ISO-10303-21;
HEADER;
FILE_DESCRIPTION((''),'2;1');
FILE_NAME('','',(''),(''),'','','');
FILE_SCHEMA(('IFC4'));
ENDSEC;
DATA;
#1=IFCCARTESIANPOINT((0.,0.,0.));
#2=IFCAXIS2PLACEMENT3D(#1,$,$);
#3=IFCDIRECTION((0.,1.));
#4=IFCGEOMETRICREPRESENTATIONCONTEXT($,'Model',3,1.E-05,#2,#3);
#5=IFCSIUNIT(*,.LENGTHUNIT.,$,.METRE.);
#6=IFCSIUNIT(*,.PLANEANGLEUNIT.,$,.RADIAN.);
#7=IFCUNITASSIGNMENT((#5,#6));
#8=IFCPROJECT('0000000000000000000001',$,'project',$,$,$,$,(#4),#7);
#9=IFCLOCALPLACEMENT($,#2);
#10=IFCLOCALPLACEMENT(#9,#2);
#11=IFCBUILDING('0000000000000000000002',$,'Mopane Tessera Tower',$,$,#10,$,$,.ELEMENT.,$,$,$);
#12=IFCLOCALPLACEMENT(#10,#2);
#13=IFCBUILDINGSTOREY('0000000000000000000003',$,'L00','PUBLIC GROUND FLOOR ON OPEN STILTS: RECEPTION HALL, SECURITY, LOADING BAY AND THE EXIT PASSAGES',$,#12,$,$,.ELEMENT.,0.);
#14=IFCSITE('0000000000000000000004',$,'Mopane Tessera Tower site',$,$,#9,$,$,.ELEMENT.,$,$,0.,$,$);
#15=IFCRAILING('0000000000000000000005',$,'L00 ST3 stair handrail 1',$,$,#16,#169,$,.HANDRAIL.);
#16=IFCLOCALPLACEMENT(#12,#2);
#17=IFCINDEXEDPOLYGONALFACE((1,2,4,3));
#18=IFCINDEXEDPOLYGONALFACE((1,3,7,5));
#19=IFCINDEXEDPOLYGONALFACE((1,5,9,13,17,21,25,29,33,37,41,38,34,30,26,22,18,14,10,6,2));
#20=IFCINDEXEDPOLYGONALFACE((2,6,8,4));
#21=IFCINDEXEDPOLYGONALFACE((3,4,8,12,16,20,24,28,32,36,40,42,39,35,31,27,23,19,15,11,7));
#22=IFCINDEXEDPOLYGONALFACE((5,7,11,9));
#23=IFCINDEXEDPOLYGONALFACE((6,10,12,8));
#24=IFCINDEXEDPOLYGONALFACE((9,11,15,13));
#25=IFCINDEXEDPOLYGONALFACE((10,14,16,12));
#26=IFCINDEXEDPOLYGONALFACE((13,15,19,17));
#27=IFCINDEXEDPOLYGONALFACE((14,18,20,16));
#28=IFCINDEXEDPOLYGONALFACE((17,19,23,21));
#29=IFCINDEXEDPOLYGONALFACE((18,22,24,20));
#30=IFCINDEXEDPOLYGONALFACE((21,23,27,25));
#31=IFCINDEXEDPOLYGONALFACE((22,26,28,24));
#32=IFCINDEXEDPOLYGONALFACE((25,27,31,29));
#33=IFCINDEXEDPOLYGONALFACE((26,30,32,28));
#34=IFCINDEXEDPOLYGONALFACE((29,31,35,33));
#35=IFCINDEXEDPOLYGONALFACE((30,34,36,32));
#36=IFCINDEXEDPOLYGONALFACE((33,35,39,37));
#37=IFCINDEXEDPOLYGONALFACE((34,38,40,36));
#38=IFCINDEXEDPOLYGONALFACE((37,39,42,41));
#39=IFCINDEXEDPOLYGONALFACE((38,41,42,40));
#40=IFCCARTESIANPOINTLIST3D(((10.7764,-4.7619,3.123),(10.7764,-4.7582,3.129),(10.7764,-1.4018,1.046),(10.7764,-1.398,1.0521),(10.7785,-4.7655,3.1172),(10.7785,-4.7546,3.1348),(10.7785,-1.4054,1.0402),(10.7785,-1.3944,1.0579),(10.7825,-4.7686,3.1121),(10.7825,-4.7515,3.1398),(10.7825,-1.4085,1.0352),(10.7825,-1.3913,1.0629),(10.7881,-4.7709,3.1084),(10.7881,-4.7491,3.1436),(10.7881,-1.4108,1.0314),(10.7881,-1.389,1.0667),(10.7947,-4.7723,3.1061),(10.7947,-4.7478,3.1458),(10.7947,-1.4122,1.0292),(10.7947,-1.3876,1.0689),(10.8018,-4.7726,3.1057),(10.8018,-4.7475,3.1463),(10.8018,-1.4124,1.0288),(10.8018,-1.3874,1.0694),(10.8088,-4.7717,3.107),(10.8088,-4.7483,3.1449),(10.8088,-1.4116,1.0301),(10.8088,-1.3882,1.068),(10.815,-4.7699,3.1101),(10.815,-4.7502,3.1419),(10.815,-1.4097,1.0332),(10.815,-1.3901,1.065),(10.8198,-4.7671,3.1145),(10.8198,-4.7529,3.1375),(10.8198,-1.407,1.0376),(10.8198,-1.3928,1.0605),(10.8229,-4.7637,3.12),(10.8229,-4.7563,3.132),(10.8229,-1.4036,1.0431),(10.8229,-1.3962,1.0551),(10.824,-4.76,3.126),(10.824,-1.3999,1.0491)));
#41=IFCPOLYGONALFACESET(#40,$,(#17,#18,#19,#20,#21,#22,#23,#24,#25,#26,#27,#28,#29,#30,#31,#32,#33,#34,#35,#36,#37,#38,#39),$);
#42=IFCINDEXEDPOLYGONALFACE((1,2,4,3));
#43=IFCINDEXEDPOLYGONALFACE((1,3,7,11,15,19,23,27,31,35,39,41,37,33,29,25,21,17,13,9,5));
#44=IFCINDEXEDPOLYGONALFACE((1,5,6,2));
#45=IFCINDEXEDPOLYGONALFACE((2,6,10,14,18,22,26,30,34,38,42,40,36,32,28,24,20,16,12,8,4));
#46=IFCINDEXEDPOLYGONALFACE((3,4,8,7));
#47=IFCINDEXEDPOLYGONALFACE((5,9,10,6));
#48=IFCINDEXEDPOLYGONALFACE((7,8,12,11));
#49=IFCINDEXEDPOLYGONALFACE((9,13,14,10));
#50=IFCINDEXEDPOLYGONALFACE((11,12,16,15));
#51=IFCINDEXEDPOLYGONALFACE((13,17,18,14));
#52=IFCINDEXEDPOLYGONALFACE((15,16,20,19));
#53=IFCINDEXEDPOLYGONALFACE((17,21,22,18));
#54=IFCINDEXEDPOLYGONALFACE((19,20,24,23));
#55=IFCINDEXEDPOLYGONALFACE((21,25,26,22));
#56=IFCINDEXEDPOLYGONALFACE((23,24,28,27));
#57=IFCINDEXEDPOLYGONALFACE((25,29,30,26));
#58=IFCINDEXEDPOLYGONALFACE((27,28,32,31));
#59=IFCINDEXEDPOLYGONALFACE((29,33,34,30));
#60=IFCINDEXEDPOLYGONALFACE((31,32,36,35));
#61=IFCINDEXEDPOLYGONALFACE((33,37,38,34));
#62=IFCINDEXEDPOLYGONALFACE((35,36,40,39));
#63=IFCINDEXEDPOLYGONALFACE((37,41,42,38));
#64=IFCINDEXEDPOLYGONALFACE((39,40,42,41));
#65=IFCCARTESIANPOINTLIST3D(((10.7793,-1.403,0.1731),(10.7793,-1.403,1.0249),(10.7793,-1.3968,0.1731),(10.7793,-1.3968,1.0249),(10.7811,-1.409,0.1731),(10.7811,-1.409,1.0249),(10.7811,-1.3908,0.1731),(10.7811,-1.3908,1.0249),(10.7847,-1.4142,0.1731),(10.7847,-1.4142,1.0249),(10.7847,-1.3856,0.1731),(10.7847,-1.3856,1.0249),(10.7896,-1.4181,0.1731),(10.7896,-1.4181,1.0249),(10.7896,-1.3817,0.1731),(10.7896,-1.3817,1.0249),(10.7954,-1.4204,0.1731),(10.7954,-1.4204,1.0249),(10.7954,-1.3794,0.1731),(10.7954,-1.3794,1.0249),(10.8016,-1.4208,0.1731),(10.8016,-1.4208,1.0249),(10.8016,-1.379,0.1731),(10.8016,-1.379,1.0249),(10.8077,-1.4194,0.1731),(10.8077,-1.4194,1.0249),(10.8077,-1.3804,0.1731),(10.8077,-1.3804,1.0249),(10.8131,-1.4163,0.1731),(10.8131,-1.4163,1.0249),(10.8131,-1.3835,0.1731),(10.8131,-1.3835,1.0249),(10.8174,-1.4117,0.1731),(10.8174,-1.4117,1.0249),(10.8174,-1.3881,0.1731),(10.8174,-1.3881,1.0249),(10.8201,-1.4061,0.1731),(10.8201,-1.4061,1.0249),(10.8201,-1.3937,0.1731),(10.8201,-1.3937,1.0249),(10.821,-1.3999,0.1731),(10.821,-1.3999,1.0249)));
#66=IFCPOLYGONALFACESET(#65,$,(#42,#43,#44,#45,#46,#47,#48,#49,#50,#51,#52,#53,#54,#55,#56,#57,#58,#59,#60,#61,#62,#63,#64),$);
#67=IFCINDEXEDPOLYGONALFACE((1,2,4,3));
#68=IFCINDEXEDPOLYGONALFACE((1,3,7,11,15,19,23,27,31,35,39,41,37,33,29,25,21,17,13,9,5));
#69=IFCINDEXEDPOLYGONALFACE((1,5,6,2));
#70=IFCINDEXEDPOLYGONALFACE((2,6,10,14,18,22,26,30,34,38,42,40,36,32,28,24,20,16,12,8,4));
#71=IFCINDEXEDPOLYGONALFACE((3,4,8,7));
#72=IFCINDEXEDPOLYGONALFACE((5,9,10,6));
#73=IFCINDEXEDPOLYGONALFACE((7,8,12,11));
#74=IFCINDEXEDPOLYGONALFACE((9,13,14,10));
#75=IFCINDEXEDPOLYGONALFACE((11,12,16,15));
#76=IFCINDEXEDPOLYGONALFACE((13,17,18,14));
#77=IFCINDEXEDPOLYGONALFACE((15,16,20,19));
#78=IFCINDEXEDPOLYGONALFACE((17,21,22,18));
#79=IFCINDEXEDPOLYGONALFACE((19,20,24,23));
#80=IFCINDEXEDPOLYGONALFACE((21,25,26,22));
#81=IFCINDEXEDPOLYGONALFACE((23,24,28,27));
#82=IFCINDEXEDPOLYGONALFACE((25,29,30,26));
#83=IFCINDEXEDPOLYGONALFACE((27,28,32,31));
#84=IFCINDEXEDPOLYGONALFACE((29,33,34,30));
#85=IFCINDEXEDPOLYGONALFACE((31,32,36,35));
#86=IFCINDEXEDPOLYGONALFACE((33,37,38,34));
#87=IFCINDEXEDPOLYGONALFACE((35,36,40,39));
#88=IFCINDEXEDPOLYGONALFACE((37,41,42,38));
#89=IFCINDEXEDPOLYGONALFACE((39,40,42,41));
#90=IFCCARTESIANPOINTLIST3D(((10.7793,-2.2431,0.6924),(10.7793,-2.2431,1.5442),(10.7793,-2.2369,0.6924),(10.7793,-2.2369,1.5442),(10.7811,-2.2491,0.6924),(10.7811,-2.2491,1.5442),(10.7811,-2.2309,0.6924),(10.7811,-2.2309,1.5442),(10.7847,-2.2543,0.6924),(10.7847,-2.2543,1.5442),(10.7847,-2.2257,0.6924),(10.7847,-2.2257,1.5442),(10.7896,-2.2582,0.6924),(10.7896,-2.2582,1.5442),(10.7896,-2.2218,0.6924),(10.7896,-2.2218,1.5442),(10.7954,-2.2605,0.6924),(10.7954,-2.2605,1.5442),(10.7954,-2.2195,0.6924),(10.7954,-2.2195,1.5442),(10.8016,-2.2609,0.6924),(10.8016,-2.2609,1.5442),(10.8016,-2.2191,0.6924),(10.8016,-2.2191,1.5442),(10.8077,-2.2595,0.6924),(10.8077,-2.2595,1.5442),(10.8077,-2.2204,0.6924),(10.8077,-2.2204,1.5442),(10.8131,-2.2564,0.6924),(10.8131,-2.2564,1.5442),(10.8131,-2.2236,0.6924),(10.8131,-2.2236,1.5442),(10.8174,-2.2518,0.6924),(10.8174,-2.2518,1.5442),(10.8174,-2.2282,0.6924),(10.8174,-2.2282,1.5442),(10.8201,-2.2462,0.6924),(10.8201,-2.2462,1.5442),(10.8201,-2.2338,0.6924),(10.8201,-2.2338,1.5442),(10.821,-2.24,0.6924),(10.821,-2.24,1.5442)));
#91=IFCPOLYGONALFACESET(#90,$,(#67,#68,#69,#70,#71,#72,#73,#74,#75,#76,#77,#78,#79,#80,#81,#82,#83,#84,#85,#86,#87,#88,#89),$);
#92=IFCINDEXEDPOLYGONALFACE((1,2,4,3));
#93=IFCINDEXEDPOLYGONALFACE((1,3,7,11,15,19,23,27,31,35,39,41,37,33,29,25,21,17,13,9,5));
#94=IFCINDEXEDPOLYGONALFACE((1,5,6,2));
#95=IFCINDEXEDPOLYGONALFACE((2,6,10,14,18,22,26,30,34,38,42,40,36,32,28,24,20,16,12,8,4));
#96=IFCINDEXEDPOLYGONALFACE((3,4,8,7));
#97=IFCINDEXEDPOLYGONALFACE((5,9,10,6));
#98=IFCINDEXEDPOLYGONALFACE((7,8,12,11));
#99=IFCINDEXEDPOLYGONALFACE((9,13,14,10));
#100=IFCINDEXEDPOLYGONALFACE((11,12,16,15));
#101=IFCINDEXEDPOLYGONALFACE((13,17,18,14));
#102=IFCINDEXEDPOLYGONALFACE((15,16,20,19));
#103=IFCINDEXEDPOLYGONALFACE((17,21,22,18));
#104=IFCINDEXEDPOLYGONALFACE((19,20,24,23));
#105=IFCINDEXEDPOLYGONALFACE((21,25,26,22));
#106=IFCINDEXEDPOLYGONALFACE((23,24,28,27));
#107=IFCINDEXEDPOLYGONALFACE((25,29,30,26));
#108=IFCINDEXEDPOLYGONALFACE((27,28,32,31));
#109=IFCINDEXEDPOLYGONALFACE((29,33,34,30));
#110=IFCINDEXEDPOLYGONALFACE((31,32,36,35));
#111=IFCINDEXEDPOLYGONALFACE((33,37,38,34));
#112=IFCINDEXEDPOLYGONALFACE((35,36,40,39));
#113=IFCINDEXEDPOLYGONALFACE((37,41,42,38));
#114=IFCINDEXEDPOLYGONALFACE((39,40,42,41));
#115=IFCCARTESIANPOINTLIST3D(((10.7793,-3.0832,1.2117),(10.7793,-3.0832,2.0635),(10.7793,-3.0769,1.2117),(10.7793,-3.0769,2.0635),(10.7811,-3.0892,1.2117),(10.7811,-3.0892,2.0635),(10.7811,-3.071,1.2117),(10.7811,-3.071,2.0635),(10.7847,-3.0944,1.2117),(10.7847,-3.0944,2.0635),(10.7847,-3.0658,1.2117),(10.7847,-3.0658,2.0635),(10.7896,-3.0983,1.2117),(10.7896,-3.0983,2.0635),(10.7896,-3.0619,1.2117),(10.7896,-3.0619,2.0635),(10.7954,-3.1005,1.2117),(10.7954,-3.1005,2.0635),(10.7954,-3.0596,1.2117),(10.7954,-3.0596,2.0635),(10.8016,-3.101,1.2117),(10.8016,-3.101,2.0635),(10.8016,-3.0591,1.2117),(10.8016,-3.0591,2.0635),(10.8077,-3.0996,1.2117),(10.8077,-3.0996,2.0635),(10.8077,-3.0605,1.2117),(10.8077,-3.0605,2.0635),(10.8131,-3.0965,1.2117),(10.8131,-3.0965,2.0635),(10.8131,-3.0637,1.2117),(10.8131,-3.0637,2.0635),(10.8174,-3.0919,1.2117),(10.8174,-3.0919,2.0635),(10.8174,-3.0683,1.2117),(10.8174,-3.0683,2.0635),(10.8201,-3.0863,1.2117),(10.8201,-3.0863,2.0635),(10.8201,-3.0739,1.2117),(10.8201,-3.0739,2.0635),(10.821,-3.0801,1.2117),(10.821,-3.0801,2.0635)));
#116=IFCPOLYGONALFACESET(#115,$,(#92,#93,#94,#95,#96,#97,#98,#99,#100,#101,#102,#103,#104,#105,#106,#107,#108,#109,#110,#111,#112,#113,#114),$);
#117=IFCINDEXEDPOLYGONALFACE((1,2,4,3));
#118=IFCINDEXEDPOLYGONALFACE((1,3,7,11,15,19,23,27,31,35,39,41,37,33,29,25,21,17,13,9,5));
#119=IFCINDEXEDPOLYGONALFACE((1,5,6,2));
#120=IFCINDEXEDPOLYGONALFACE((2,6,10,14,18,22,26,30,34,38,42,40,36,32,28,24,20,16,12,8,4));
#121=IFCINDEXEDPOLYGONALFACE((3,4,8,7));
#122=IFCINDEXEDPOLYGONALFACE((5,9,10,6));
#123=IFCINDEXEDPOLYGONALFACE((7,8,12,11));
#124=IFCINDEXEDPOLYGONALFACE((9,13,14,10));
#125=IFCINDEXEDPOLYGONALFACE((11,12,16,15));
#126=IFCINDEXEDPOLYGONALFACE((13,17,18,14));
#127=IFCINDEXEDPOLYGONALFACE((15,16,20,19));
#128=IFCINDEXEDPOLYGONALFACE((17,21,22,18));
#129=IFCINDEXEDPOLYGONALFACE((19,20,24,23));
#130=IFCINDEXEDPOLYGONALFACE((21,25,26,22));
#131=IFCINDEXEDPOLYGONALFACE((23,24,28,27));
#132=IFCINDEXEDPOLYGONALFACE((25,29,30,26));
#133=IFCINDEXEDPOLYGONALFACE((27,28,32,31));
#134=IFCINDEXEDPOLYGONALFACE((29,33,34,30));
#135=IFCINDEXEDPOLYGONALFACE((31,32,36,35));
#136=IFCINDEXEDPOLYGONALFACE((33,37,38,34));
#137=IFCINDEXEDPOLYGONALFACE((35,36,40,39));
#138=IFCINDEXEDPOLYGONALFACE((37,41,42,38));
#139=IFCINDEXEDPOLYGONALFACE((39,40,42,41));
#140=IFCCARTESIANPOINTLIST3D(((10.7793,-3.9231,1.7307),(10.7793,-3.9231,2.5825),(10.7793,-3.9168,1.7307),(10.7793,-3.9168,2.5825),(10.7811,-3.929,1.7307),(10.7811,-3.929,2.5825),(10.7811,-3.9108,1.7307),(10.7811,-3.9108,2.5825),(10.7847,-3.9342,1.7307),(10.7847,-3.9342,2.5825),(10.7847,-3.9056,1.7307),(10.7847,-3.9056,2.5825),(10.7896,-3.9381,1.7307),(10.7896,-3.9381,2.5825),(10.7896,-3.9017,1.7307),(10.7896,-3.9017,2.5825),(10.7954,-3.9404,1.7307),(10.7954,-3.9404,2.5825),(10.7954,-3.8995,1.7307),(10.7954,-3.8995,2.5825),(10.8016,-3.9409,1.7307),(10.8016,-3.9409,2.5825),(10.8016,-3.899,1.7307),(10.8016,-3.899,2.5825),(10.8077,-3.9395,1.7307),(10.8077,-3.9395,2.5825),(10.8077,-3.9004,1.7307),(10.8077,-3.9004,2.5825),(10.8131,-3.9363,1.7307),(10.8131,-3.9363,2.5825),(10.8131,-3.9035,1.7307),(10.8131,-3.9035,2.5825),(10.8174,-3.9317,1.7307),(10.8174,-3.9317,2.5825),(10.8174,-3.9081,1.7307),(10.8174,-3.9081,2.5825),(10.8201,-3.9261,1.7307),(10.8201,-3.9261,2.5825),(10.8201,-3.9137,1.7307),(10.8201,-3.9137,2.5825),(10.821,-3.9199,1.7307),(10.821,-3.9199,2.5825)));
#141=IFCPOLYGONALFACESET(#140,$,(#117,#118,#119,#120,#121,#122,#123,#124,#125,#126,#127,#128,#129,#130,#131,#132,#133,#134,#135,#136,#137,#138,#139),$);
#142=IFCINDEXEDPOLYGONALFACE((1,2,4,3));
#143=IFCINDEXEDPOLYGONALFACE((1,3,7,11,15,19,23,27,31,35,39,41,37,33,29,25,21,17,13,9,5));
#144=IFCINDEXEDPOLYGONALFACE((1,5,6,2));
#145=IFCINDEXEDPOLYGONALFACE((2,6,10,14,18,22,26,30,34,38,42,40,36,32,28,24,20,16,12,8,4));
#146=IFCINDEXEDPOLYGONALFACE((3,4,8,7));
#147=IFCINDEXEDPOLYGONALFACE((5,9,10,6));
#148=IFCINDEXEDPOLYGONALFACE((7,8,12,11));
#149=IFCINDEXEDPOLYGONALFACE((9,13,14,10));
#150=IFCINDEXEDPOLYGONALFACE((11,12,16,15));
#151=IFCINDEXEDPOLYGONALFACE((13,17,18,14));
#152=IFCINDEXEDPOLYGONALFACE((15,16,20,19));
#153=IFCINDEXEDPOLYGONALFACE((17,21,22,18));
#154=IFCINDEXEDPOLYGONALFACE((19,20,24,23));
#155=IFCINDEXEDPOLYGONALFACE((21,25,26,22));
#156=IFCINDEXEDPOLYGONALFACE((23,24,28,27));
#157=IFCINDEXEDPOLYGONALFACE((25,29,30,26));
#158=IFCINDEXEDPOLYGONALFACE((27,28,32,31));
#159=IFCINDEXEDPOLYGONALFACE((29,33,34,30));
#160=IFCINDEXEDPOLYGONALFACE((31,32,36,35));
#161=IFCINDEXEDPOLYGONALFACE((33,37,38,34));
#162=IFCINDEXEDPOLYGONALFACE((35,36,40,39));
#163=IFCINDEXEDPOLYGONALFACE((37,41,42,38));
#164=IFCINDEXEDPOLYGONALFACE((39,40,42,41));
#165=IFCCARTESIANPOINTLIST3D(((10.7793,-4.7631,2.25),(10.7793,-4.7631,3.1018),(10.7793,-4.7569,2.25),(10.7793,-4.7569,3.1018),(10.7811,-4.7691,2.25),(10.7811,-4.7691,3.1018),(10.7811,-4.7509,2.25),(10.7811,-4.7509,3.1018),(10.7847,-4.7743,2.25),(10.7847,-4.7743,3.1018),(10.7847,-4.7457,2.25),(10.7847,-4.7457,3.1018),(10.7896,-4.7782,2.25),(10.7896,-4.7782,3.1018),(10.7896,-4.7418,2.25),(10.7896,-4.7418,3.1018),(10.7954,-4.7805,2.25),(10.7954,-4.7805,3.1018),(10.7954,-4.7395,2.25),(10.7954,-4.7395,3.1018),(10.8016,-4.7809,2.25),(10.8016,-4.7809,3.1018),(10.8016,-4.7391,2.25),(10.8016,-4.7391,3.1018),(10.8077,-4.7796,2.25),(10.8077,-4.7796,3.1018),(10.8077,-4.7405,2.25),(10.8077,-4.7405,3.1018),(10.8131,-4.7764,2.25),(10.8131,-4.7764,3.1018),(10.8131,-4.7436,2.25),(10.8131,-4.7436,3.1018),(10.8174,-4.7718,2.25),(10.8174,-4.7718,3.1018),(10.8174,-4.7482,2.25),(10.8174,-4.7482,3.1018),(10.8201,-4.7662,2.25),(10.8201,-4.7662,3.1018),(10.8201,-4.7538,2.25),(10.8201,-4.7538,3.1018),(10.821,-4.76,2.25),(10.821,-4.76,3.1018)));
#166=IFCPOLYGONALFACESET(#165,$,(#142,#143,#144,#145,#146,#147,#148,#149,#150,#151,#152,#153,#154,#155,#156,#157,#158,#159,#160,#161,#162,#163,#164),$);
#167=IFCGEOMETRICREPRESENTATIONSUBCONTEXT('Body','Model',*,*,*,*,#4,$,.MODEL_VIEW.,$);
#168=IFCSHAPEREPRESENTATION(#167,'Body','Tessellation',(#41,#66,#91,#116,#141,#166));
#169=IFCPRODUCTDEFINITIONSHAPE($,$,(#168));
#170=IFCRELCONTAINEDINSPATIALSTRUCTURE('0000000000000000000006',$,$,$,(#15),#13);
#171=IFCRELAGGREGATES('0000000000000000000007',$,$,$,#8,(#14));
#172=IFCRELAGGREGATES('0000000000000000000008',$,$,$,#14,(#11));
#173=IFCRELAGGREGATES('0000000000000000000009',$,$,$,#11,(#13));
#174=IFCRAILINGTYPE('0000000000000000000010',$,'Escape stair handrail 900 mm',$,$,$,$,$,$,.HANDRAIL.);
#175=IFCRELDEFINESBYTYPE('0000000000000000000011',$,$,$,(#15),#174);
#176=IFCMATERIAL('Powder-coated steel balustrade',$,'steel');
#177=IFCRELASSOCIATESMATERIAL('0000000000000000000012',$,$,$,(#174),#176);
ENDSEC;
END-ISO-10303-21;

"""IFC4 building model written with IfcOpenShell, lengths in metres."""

from ifc_helpers import new_model, si_unit, direction, frame, origin, origin_2d, place, context, subcontext, project, spatial, circle, extrude, material, type_object, element, save


model = new_model("IFC4")

# Units and contexts
model_context = context("Model", 3, precision=1e-05, world=origin(), true_north=direction((0.0, 1.0)))
body_context = subcontext(model_context, "Body", "Model", "MODEL_VIEW")
ifc_project = project(units=[si_unit("LENGTHUNIT", "METRE"), si_unit("PLANEANGLEUNIT", "RADIAN")], contexts=[model_context])

# Site, building, storey
site_placement = place(None, origin())
site = spatial("IfcSite", under=ifc_project, at=site_placement, Name="Mopane Tessera Tower site", CompositionType="ELEMENT", RefElevation=0.0)
building_placement = place(site_placement, origin())
building = spatial("IfcBuilding", under=site, at=building_placement, Name="Mopane Tessera Tower", CompositionType="ELEMENT")
storey_placement = place(building_placement, origin())
storey = spatial("IfcBuildingStorey", under=building, at=storey_placement, Name="L00", Description="PUBLIC GROUND FLOOR ON OPEN STILTS: RECEPTION HALL, SECURITY, LOADING BAY AND THE EXIT PASSAGES", CompositionType="ELEMENT", Elevation=0.0)

# Railing
ifc_material_1 = material(Name="Powder-coated steel balustrade", Category="steel")
railing_type_1 = type_object("IfcRailingType", Name="Escape stair handrail 900 mm", PredefinedType="HANDRAIL", material=ifc_material_1)
railing_1_placement = place(storey_placement, frame((10.8, -1.3999, 0.1731)))
element("IfcRailing", 1, at=railing_1_placement, inside=storey, type_object=railing_type_1, Name="L00 ST3 stair handrail 1", PredefinedType="HANDRAIL", context=body_context, shape_type="SweptSolid", body=[
    extrude(circle(Radius=0.0239, at=origin_2d()), frame((0.0, 0.0, 0.876), z_axis=(0.0, -0.850623, 0.525776), x_axis=(1.0, 0.0, 0.0)), (0.0, 0.0, 1.0), 3.9502),
    extrude(circle(Radius=0.021, at=origin_2d()), origin(), (0.0, 0.0, 1.0), 0.8518),
    extrude(circle(Radius=0.021, at=origin_2d()), frame((0.0, -0.8401, 0.5193)), (0.0, 0.0, 1.0), 0.8518),
    extrude(circle(Radius=0.021, at=origin_2d()), frame((0.0, -1.6802, 1.0386)), (0.0, 0.0, 1.0), 0.8518),
    extrude(circle(Radius=0.021, at=origin_2d()), frame((0.0, -2.52, 1.5576)), (0.0, 0.0, 1.0), 0.8518),
    extrude(circle(Radius=0.021, at=origin_2d()), frame((0.0, -3.3601, 2.0769)), (0.0, 0.0, 1.0), 0.8518),
])

save(model, "model.ifc")
